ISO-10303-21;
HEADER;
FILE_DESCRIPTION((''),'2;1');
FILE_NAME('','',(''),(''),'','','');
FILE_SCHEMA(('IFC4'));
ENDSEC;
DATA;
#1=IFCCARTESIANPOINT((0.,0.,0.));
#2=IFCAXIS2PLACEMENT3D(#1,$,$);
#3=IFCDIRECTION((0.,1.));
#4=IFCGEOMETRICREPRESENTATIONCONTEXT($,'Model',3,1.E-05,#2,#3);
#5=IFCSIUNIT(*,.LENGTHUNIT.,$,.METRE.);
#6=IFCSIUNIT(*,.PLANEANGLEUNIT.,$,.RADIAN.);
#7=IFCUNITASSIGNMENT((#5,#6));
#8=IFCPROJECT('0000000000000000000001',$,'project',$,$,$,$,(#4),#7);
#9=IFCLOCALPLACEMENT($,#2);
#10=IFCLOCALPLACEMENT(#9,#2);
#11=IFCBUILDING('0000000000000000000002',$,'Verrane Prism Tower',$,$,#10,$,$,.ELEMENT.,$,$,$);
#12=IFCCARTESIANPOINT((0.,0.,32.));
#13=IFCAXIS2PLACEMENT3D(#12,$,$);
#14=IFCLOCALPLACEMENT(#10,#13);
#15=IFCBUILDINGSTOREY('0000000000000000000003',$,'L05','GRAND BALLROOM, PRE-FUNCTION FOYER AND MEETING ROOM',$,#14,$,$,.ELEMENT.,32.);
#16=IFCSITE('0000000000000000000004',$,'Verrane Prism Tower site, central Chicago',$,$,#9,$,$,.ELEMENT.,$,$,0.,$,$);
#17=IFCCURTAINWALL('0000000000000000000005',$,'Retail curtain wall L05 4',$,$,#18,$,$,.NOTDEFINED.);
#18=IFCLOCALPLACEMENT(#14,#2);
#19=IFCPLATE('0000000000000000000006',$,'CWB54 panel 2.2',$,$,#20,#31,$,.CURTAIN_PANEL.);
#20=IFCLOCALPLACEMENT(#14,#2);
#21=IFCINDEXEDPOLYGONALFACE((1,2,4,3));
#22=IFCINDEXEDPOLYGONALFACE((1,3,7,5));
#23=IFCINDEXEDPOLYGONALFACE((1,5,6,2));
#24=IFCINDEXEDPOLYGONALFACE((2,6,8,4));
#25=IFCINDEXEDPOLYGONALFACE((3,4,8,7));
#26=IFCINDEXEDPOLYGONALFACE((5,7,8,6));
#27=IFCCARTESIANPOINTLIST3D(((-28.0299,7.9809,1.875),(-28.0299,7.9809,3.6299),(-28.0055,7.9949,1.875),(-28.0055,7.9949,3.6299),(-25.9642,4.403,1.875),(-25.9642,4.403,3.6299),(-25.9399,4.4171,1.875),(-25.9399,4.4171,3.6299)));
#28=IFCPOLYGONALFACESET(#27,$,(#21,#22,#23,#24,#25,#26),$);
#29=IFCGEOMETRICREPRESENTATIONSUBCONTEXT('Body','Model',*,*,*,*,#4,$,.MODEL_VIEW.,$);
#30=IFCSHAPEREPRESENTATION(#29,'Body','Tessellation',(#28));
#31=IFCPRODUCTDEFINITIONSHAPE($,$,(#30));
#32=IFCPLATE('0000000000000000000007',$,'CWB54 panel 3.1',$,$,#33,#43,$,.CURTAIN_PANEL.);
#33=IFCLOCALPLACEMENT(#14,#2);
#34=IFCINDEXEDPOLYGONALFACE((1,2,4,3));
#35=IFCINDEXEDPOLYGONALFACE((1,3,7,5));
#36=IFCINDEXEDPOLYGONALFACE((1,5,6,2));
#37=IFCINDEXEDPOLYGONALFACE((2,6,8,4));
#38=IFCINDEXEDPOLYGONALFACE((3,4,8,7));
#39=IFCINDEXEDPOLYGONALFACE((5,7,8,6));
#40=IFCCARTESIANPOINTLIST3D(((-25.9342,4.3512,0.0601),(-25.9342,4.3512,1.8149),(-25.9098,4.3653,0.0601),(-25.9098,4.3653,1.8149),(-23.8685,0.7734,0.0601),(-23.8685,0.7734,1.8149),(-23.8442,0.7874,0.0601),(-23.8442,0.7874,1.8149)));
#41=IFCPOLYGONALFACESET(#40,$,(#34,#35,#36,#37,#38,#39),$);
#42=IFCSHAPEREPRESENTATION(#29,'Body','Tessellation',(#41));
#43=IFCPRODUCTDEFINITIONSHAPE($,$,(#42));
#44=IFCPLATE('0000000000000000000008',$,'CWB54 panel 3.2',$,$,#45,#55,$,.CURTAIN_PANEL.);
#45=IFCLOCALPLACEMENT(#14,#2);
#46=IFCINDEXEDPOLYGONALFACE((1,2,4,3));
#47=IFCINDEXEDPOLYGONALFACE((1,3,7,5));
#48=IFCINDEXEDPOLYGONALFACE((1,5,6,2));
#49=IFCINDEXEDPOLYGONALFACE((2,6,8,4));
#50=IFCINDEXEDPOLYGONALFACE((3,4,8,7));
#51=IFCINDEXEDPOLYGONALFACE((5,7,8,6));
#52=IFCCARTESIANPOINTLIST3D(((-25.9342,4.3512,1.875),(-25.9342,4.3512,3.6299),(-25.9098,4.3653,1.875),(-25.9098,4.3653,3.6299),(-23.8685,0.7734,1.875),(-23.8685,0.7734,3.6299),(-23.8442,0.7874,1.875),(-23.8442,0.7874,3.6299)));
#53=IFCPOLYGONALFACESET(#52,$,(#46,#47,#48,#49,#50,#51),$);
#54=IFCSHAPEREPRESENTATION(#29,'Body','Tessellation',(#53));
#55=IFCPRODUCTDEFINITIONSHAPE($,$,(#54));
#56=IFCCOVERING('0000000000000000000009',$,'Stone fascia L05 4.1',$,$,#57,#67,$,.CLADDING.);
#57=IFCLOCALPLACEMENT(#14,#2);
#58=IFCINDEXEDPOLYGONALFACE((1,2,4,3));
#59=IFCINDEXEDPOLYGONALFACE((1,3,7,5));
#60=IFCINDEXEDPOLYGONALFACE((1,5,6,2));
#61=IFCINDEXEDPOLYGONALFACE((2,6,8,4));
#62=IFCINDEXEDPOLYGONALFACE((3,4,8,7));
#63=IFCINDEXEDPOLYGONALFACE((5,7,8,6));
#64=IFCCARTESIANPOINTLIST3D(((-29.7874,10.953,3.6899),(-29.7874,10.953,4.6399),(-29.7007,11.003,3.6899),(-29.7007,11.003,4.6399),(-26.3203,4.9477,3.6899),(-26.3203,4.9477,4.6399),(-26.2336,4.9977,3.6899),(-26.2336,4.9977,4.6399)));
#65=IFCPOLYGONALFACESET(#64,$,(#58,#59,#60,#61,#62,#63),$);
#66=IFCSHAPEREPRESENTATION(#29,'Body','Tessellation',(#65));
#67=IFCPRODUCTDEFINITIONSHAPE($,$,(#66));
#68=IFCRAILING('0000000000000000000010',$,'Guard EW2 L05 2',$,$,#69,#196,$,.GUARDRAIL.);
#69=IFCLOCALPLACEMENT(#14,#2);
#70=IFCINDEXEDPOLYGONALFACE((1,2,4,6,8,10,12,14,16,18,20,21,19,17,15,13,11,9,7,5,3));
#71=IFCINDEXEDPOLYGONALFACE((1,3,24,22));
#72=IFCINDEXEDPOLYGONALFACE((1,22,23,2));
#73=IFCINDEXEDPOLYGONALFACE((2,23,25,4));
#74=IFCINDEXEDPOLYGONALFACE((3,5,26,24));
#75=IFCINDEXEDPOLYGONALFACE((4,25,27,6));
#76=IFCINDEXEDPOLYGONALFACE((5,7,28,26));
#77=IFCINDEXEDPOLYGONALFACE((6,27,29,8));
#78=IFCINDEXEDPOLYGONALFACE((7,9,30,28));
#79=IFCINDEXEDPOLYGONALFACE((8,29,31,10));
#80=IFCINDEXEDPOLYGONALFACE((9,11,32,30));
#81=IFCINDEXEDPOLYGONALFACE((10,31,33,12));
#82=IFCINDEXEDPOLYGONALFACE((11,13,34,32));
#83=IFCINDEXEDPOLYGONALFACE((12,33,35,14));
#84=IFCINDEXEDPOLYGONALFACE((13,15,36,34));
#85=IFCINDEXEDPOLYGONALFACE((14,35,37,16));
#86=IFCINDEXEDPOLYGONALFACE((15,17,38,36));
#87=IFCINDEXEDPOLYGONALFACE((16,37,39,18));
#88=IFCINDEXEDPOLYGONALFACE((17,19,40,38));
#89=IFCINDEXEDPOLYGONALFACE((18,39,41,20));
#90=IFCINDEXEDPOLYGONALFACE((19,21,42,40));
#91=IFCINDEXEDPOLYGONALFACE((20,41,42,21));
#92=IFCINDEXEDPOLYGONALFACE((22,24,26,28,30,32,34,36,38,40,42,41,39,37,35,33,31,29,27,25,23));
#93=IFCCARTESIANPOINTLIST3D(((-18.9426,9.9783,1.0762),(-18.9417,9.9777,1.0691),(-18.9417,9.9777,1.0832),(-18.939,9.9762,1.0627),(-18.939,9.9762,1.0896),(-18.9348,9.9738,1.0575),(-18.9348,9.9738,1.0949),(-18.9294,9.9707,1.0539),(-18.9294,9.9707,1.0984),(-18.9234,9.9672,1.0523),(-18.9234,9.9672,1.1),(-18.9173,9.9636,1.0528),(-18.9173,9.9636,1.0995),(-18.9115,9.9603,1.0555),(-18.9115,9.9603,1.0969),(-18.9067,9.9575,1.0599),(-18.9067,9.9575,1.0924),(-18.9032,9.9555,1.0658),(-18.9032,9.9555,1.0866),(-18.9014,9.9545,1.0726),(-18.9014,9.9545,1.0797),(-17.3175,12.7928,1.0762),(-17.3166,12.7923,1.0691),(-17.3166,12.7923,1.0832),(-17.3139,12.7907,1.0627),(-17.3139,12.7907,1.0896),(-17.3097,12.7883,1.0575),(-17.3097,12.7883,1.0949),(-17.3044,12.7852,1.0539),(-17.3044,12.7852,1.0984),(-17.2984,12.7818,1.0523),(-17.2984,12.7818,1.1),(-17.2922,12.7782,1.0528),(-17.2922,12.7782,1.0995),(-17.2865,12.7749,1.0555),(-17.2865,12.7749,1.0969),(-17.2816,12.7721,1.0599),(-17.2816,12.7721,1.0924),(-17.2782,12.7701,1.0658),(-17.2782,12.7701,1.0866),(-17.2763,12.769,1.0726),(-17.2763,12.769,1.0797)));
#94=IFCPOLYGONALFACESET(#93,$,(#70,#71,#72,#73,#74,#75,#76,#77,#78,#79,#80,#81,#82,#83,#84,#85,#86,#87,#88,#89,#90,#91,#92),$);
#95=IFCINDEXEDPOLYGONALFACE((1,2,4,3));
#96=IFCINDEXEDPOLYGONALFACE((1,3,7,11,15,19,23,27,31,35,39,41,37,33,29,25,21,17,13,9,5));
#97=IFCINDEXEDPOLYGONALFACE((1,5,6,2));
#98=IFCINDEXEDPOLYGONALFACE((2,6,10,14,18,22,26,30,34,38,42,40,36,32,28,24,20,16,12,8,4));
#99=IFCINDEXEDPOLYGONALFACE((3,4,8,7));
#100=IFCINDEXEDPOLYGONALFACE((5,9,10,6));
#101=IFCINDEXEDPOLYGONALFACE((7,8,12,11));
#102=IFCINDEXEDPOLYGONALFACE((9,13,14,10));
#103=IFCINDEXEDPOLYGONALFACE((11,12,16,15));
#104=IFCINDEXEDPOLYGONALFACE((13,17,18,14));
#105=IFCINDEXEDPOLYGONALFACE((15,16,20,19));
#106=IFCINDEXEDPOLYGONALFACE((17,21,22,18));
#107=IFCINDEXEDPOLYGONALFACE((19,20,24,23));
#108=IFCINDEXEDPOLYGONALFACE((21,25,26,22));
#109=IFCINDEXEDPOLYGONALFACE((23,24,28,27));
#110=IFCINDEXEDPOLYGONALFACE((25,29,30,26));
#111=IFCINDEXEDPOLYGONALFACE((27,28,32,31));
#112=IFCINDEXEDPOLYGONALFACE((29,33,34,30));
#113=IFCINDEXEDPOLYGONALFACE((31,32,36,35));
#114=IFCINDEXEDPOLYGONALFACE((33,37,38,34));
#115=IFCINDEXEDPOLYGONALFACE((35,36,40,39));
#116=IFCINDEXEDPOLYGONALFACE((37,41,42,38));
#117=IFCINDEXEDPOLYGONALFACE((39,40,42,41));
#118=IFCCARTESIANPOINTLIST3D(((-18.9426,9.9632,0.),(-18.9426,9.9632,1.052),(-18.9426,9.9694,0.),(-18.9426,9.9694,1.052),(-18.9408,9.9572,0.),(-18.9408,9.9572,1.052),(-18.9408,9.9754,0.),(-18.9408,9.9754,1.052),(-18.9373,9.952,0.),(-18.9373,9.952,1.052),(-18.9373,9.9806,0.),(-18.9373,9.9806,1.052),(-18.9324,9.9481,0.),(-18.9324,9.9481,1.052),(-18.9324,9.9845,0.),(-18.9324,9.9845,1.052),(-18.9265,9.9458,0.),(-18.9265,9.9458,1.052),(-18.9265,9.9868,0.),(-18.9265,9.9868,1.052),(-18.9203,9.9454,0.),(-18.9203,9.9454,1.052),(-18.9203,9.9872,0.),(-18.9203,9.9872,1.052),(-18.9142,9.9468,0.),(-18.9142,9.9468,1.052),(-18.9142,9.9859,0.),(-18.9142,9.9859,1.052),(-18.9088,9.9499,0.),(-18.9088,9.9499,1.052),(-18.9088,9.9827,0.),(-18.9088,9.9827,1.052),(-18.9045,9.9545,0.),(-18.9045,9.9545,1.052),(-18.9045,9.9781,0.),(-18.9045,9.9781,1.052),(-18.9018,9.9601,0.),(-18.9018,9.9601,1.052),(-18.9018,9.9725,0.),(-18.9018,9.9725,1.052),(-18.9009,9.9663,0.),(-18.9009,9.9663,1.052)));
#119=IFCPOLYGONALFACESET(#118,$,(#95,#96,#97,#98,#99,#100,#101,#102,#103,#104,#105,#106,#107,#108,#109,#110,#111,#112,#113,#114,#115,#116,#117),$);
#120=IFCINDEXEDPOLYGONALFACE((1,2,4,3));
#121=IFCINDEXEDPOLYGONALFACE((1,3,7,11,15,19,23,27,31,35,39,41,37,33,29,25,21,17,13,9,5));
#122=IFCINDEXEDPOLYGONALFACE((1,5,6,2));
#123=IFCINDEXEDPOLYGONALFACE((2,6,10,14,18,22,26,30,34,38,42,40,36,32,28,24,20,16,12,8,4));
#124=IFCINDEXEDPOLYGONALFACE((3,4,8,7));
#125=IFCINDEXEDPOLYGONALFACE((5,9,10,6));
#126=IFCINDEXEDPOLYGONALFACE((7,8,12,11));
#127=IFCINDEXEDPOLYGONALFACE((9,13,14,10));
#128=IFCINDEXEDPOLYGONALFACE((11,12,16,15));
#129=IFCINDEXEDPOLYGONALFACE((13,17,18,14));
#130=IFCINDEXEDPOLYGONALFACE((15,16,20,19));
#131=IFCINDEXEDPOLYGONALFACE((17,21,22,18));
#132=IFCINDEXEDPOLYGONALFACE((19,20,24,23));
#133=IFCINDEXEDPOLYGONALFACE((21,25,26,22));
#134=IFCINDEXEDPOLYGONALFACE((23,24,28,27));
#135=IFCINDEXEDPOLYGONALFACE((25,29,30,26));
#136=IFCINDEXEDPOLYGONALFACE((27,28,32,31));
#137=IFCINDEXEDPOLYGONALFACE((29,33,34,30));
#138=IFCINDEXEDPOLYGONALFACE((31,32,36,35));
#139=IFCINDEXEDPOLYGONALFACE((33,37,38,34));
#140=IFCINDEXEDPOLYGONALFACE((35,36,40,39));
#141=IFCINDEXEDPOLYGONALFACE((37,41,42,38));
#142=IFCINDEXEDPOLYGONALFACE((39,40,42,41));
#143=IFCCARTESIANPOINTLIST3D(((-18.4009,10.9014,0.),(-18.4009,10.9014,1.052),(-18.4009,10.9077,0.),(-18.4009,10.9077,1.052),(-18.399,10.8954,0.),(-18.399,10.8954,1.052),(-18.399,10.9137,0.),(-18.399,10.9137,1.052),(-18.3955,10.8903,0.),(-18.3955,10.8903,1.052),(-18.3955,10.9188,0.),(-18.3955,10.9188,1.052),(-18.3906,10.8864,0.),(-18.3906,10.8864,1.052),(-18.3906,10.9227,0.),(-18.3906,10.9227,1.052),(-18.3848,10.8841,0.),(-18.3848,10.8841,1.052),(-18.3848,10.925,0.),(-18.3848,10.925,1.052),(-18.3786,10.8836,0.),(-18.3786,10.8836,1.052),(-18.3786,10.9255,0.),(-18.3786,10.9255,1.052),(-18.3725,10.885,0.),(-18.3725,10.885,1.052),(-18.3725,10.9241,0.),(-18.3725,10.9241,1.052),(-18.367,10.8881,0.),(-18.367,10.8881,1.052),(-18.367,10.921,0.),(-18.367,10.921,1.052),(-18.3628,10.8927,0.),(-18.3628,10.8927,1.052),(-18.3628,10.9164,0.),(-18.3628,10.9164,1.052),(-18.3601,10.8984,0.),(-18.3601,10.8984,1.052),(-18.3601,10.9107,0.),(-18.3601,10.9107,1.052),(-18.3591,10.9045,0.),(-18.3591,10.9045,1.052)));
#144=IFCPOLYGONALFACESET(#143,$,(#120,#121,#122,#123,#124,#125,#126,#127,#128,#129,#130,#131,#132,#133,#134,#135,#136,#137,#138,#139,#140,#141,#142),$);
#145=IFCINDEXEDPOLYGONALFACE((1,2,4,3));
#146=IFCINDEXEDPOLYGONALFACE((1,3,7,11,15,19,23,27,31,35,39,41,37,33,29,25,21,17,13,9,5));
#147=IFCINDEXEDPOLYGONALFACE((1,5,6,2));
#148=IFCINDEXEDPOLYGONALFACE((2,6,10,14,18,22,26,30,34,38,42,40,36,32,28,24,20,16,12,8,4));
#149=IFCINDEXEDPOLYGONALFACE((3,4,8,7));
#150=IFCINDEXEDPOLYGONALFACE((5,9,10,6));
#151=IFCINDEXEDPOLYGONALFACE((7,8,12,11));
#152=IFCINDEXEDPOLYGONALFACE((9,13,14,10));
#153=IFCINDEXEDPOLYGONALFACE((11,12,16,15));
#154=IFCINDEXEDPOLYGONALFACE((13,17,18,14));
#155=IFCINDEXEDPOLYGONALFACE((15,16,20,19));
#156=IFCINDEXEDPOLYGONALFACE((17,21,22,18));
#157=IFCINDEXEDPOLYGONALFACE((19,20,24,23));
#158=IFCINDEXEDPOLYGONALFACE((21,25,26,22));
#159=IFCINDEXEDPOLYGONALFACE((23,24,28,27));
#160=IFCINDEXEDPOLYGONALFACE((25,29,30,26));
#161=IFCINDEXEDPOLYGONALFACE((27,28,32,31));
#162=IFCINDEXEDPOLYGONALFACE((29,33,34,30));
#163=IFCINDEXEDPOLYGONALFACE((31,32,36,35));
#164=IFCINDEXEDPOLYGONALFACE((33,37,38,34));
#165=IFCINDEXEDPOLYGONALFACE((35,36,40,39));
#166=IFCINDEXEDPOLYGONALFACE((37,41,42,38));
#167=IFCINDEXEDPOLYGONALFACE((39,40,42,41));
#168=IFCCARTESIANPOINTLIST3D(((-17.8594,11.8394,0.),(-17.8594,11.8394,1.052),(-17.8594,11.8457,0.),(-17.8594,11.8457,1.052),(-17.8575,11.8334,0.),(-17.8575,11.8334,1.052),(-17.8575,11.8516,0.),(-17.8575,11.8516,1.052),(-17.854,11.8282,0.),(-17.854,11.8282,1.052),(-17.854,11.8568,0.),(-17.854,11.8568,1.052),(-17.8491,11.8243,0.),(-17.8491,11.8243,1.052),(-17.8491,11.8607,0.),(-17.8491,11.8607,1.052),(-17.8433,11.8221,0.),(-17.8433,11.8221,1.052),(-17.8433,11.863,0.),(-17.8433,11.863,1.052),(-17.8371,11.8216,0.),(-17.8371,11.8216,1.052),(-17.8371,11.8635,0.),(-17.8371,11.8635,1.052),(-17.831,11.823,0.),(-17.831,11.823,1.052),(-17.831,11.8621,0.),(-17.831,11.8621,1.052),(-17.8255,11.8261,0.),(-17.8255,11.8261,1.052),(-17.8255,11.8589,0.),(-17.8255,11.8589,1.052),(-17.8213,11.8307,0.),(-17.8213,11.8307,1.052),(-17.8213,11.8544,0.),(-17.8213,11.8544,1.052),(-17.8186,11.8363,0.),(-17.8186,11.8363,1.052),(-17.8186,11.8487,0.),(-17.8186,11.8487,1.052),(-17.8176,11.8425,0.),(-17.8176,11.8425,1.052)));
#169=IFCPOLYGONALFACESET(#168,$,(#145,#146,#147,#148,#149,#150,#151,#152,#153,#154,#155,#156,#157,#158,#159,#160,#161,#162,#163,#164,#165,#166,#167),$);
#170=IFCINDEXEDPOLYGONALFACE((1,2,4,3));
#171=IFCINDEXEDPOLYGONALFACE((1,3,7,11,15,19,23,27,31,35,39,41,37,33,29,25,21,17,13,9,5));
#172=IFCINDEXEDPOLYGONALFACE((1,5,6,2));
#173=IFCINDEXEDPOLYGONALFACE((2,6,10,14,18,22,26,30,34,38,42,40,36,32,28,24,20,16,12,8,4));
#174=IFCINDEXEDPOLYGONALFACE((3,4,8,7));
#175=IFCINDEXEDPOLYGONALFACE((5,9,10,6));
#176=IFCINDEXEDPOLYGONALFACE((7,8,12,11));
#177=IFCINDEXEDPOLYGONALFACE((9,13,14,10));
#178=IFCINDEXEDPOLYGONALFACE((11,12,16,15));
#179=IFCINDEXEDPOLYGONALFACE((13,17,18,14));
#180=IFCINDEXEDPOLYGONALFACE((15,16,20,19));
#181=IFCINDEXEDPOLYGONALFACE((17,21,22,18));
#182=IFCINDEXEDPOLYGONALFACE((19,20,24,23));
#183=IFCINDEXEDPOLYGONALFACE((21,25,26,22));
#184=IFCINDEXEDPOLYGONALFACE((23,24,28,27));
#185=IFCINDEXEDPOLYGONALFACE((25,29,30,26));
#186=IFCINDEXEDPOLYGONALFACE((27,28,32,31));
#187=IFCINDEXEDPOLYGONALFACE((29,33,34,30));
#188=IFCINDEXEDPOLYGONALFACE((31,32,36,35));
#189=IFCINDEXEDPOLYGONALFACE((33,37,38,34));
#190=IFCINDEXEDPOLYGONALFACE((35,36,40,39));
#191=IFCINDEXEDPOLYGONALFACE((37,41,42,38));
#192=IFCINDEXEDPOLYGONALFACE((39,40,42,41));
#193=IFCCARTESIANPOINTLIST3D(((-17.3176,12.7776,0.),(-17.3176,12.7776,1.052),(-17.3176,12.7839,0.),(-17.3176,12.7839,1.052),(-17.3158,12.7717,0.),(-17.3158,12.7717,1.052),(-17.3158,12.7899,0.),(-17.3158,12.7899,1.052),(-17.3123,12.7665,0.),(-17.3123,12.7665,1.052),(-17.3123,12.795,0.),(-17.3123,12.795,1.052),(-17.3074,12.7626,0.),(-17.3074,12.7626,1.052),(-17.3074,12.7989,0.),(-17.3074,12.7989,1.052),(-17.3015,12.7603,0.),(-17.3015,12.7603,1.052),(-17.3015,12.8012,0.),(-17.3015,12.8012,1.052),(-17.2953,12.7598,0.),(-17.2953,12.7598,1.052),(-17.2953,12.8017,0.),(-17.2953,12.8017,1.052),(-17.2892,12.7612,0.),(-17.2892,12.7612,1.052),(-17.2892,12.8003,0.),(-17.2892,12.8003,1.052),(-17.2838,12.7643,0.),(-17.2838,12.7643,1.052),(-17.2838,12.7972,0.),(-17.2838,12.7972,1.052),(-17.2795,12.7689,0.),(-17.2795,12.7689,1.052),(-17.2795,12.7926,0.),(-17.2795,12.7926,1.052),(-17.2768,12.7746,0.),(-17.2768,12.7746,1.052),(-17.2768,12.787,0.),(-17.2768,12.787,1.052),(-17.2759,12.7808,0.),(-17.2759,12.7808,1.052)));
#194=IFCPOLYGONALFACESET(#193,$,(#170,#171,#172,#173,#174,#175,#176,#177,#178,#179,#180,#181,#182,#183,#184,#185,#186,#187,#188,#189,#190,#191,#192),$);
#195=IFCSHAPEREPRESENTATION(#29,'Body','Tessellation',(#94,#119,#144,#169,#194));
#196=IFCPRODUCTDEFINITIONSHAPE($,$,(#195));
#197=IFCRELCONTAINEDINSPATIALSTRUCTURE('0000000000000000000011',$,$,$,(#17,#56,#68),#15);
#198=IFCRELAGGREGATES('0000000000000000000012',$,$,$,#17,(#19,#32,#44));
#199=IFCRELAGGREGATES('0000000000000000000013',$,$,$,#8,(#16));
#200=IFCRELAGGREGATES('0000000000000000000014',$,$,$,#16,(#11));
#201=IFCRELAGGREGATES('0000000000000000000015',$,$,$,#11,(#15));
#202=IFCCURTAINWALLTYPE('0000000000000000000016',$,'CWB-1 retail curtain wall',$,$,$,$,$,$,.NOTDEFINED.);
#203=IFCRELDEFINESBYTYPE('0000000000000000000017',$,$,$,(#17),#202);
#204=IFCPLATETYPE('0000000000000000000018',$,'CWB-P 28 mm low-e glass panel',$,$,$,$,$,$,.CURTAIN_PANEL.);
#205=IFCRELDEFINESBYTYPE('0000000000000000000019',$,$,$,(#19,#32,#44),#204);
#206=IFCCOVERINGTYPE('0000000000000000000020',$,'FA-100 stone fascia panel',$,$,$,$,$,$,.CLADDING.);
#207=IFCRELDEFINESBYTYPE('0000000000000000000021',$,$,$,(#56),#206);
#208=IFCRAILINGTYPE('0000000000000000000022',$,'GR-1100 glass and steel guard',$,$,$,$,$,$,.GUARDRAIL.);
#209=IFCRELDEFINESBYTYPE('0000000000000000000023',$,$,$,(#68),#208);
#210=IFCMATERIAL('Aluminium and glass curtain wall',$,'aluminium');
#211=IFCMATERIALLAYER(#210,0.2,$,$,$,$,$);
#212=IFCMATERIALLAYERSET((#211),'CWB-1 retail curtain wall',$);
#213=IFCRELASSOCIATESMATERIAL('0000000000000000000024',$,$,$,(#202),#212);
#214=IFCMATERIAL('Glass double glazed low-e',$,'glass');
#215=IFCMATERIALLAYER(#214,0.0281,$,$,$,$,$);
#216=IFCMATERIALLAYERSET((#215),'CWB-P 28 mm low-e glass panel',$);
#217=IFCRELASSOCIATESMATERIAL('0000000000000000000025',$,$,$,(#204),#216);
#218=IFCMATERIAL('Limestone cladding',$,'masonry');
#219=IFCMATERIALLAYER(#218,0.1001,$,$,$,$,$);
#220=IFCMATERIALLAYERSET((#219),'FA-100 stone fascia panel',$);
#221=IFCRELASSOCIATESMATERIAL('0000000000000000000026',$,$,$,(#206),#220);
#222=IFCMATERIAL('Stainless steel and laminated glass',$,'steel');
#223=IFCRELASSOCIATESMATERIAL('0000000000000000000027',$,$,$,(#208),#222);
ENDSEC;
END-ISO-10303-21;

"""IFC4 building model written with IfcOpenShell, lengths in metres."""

from ifc_helpers import new_model, si_unit, direction, frame, origin, origin_2d, place, context, subcontext, project, spatial, rectangle, circle, extrude, material, layer, layer_set, type_object, element, aggregate, save


model = new_model("IFC4")

# Units and contexts
model_context = context("Model", 3, precision=1e-05, world=origin(), true_north=direction((0.0, 1.0)))
body_context = subcontext(model_context, "Body", "Model", "MODEL_VIEW")
ifc_project = project(units=[si_unit("LENGTHUNIT", "METRE"), si_unit("PLANEANGLEUNIT", "RADIAN")], contexts=[model_context])

# Site, building, storey
site_placement = place(None, origin())
site = spatial("IfcSite", under=ifc_project, at=site_placement, Name="Verrane Prism Tower site, central Chicago", CompositionType="ELEMENT", RefElevation=0.0)
building_placement = place(site_placement, origin())
building = spatial("IfcBuilding", under=site, at=building_placement, Name="Verrane Prism Tower", CompositionType="ELEMENT")
storey_placement = place(building_placement, frame((0.0, 0.0, 32.0)))
storey = spatial("IfcBuildingStorey", under=building, at=storey_placement, Name="L05", Description="GRAND BALLROOM, PRE-FUNCTION FOYER AND MEETING ROOM", CompositionType="ELEMENT", Elevation=32.0)

# Shared definitions
ifc_material_1 = material(Name="Aluminium and glass curtain wall", Category="aluminium")
ifc_layer_1 = layer(ifc_material_1, 0.2)
ifc_layer_set_1 = layer_set([ifc_layer_1], Name="CWB-1 retail curtain wall")
curtain_wall_type = type_object("IfcCurtainWallType", Name="CWB-1 retail curtain wall", PredefinedType="NOTDEFINED", material=ifc_layer_set_1)

# Curtain wall
curtain_wall_1_placement = place(storey_placement, origin())
curtain_wall_1 = element("IfcCurtainWall", 1, at=curtain_wall_1_placement, inside=storey, type_object=curtain_wall_type, Name="Retail curtain wall L05 4", PredefinedType="NOTDEFINED")

# Plates
ifc_material_2 = material(Name="Glass double glazed low-e", Category="glass")
ifc_layer_2 = layer(ifc_material_2, 0.0281)
ifc_layer_set_2 = layer_set([ifc_layer_2], Name="CWB-P 28 mm low-e glass panel")
plate_type = type_object("IfcPlateType", Name="CWB-P 28 mm low-e glass panel", PredefinedType="CURTAIN_PANEL", material=ifc_layer_set_2)
plate_1_placement = place(storey_placement, frame((-26.9849, 6.199, 1.875), z_axis=(0.0, 0.0, 1.0), x_axis=(0.5, -0.866025, 0.0)))
plate_1 = element("IfcPlate", 2, at=plate_1_placement, type_object=plate_type, Name="CWB54 panel 2.2", PredefinedType="CURTAIN_PANEL", context=body_context, shape_type="SweptSolid", body=[
    extrude(rectangle(XDim=4.1313, YDim=0.0281, at=origin_2d()), origin(), (0.0, 0.0, 1.0), 1.7549),
])
plate_2_placement = place(storey_placement, frame((-24.8892, 2.5693, 0.0601), z_axis=(0.0, 0.0, 1.0), x_axis=(0.5, -0.866025, 0.0)))
plate_2 = element("IfcPlate", 3, at=plate_2_placement, type_object=plate_type, Name="CWB54 panel 3.1", PredefinedType="CURTAIN_PANEL", context=body_context, shape_type="SweptSolid", body=[
    extrude(rectangle(XDim=4.1313, YDim=0.0281, at=origin_2d()), origin(), (0.0, 0.0, 1.0), 1.7549),
])
plate_3_placement = place(storey_placement, frame((-24.8892, 2.5693, 1.875), z_axis=(0.0, 0.0, 1.0), x_axis=(0.5, -0.866025, 0.0)))
plate_3 = element("IfcPlate", 4, at=plate_3_placement, type_object=plate_type, Name="CWB54 panel 3.2", PredefinedType="CURTAIN_PANEL", context=body_context, shape_type="SweptSolid", body=[
    extrude(rectangle(XDim=4.1313, YDim=0.0281, at=origin_2d()), origin(), (0.0, 0.0, 1.0), 1.7549),
])
aggregate(curtain_wall_1, [plate_1, plate_2, plate_3])

# Covering
ifc_material_3 = material(Name="Limestone cladding", Category="masonry")
ifc_layer_3 = layer(ifc_material_3, 0.1001)
ifc_layer_set_3 = layer_set([ifc_layer_3], Name="FA-100 stone fascia panel")
covering_type = type_object("IfcCoveringType", Name="FA-100 stone fascia panel", PredefinedType="CLADDING", material=ifc_layer_set_3)
covering_placement = place(storey_placement, frame((-28.0105, 7.9753, 3.6899), z_axis=(0.0, 0.0, 1.0), x_axis=(0.5, -0.866025, 0.0)))
element("IfcCovering", 5, at=covering_placement, inside=storey, type_object=covering_type, Name="Stone fascia L05 4.1", PredefinedType="CLADDING", context=body_context, shape_type="SweptSolid", body=[
    extrude(rectangle(XDim=6.9343, YDim=0.1001, at=origin_2d()), origin(), (0.0, 0.0, 1.0), 0.95),
])

# Railing
ifc_material_4 = material(Name="Stainless steel and laminated glass", Category="steel")
railing_type = type_object("IfcRailingType", Name="GR-1100 glass and steel guard", PredefinedType="GUARDRAIL", material=ifc_material_4)
railing_placement = place(storey_placement, frame((-18.9219, 9.9663, 0.0)))
element("IfcRailing", 6, at=railing_placement, inside=storey, type_object=railing_type, Name="Guard EW2 L05 2", PredefinedType="GUARDRAIL", context=body_context, shape_type="SweptSolid", body=[
    extrude(circle(Radius=0.0239, at=origin_2d()), frame((0.0, 0.0, 1.0762), z_axis=(0.500017, 0.866015, 0.0), x_axis=(-0.866015, 0.500017, 0.0)), (0.0, 0.0, 1.0), 3.25),
    extrude(circle(Radius=0.021, at=origin_2d()), origin(), (0.0, 0.0, 1.0), 1.052),
    extrude(circle(Radius=0.021, at=origin_2d()), frame((0.5417, 0.9382, 0.0)), (0.0, 0.0, 1.0), 1.052),
    extrude(circle(Radius=0.021, at=origin_2d()), frame((1.0833, 1.8762, 0.0)), (0.0, 0.0, 1.0), 1.052),
    extrude(circle(Radius=0.021, at=origin_2d()), frame((1.625, 2.8145, 0.0)), (0.0, 0.0, 1.0), 1.052),
])

save(model, "model.ifc")
